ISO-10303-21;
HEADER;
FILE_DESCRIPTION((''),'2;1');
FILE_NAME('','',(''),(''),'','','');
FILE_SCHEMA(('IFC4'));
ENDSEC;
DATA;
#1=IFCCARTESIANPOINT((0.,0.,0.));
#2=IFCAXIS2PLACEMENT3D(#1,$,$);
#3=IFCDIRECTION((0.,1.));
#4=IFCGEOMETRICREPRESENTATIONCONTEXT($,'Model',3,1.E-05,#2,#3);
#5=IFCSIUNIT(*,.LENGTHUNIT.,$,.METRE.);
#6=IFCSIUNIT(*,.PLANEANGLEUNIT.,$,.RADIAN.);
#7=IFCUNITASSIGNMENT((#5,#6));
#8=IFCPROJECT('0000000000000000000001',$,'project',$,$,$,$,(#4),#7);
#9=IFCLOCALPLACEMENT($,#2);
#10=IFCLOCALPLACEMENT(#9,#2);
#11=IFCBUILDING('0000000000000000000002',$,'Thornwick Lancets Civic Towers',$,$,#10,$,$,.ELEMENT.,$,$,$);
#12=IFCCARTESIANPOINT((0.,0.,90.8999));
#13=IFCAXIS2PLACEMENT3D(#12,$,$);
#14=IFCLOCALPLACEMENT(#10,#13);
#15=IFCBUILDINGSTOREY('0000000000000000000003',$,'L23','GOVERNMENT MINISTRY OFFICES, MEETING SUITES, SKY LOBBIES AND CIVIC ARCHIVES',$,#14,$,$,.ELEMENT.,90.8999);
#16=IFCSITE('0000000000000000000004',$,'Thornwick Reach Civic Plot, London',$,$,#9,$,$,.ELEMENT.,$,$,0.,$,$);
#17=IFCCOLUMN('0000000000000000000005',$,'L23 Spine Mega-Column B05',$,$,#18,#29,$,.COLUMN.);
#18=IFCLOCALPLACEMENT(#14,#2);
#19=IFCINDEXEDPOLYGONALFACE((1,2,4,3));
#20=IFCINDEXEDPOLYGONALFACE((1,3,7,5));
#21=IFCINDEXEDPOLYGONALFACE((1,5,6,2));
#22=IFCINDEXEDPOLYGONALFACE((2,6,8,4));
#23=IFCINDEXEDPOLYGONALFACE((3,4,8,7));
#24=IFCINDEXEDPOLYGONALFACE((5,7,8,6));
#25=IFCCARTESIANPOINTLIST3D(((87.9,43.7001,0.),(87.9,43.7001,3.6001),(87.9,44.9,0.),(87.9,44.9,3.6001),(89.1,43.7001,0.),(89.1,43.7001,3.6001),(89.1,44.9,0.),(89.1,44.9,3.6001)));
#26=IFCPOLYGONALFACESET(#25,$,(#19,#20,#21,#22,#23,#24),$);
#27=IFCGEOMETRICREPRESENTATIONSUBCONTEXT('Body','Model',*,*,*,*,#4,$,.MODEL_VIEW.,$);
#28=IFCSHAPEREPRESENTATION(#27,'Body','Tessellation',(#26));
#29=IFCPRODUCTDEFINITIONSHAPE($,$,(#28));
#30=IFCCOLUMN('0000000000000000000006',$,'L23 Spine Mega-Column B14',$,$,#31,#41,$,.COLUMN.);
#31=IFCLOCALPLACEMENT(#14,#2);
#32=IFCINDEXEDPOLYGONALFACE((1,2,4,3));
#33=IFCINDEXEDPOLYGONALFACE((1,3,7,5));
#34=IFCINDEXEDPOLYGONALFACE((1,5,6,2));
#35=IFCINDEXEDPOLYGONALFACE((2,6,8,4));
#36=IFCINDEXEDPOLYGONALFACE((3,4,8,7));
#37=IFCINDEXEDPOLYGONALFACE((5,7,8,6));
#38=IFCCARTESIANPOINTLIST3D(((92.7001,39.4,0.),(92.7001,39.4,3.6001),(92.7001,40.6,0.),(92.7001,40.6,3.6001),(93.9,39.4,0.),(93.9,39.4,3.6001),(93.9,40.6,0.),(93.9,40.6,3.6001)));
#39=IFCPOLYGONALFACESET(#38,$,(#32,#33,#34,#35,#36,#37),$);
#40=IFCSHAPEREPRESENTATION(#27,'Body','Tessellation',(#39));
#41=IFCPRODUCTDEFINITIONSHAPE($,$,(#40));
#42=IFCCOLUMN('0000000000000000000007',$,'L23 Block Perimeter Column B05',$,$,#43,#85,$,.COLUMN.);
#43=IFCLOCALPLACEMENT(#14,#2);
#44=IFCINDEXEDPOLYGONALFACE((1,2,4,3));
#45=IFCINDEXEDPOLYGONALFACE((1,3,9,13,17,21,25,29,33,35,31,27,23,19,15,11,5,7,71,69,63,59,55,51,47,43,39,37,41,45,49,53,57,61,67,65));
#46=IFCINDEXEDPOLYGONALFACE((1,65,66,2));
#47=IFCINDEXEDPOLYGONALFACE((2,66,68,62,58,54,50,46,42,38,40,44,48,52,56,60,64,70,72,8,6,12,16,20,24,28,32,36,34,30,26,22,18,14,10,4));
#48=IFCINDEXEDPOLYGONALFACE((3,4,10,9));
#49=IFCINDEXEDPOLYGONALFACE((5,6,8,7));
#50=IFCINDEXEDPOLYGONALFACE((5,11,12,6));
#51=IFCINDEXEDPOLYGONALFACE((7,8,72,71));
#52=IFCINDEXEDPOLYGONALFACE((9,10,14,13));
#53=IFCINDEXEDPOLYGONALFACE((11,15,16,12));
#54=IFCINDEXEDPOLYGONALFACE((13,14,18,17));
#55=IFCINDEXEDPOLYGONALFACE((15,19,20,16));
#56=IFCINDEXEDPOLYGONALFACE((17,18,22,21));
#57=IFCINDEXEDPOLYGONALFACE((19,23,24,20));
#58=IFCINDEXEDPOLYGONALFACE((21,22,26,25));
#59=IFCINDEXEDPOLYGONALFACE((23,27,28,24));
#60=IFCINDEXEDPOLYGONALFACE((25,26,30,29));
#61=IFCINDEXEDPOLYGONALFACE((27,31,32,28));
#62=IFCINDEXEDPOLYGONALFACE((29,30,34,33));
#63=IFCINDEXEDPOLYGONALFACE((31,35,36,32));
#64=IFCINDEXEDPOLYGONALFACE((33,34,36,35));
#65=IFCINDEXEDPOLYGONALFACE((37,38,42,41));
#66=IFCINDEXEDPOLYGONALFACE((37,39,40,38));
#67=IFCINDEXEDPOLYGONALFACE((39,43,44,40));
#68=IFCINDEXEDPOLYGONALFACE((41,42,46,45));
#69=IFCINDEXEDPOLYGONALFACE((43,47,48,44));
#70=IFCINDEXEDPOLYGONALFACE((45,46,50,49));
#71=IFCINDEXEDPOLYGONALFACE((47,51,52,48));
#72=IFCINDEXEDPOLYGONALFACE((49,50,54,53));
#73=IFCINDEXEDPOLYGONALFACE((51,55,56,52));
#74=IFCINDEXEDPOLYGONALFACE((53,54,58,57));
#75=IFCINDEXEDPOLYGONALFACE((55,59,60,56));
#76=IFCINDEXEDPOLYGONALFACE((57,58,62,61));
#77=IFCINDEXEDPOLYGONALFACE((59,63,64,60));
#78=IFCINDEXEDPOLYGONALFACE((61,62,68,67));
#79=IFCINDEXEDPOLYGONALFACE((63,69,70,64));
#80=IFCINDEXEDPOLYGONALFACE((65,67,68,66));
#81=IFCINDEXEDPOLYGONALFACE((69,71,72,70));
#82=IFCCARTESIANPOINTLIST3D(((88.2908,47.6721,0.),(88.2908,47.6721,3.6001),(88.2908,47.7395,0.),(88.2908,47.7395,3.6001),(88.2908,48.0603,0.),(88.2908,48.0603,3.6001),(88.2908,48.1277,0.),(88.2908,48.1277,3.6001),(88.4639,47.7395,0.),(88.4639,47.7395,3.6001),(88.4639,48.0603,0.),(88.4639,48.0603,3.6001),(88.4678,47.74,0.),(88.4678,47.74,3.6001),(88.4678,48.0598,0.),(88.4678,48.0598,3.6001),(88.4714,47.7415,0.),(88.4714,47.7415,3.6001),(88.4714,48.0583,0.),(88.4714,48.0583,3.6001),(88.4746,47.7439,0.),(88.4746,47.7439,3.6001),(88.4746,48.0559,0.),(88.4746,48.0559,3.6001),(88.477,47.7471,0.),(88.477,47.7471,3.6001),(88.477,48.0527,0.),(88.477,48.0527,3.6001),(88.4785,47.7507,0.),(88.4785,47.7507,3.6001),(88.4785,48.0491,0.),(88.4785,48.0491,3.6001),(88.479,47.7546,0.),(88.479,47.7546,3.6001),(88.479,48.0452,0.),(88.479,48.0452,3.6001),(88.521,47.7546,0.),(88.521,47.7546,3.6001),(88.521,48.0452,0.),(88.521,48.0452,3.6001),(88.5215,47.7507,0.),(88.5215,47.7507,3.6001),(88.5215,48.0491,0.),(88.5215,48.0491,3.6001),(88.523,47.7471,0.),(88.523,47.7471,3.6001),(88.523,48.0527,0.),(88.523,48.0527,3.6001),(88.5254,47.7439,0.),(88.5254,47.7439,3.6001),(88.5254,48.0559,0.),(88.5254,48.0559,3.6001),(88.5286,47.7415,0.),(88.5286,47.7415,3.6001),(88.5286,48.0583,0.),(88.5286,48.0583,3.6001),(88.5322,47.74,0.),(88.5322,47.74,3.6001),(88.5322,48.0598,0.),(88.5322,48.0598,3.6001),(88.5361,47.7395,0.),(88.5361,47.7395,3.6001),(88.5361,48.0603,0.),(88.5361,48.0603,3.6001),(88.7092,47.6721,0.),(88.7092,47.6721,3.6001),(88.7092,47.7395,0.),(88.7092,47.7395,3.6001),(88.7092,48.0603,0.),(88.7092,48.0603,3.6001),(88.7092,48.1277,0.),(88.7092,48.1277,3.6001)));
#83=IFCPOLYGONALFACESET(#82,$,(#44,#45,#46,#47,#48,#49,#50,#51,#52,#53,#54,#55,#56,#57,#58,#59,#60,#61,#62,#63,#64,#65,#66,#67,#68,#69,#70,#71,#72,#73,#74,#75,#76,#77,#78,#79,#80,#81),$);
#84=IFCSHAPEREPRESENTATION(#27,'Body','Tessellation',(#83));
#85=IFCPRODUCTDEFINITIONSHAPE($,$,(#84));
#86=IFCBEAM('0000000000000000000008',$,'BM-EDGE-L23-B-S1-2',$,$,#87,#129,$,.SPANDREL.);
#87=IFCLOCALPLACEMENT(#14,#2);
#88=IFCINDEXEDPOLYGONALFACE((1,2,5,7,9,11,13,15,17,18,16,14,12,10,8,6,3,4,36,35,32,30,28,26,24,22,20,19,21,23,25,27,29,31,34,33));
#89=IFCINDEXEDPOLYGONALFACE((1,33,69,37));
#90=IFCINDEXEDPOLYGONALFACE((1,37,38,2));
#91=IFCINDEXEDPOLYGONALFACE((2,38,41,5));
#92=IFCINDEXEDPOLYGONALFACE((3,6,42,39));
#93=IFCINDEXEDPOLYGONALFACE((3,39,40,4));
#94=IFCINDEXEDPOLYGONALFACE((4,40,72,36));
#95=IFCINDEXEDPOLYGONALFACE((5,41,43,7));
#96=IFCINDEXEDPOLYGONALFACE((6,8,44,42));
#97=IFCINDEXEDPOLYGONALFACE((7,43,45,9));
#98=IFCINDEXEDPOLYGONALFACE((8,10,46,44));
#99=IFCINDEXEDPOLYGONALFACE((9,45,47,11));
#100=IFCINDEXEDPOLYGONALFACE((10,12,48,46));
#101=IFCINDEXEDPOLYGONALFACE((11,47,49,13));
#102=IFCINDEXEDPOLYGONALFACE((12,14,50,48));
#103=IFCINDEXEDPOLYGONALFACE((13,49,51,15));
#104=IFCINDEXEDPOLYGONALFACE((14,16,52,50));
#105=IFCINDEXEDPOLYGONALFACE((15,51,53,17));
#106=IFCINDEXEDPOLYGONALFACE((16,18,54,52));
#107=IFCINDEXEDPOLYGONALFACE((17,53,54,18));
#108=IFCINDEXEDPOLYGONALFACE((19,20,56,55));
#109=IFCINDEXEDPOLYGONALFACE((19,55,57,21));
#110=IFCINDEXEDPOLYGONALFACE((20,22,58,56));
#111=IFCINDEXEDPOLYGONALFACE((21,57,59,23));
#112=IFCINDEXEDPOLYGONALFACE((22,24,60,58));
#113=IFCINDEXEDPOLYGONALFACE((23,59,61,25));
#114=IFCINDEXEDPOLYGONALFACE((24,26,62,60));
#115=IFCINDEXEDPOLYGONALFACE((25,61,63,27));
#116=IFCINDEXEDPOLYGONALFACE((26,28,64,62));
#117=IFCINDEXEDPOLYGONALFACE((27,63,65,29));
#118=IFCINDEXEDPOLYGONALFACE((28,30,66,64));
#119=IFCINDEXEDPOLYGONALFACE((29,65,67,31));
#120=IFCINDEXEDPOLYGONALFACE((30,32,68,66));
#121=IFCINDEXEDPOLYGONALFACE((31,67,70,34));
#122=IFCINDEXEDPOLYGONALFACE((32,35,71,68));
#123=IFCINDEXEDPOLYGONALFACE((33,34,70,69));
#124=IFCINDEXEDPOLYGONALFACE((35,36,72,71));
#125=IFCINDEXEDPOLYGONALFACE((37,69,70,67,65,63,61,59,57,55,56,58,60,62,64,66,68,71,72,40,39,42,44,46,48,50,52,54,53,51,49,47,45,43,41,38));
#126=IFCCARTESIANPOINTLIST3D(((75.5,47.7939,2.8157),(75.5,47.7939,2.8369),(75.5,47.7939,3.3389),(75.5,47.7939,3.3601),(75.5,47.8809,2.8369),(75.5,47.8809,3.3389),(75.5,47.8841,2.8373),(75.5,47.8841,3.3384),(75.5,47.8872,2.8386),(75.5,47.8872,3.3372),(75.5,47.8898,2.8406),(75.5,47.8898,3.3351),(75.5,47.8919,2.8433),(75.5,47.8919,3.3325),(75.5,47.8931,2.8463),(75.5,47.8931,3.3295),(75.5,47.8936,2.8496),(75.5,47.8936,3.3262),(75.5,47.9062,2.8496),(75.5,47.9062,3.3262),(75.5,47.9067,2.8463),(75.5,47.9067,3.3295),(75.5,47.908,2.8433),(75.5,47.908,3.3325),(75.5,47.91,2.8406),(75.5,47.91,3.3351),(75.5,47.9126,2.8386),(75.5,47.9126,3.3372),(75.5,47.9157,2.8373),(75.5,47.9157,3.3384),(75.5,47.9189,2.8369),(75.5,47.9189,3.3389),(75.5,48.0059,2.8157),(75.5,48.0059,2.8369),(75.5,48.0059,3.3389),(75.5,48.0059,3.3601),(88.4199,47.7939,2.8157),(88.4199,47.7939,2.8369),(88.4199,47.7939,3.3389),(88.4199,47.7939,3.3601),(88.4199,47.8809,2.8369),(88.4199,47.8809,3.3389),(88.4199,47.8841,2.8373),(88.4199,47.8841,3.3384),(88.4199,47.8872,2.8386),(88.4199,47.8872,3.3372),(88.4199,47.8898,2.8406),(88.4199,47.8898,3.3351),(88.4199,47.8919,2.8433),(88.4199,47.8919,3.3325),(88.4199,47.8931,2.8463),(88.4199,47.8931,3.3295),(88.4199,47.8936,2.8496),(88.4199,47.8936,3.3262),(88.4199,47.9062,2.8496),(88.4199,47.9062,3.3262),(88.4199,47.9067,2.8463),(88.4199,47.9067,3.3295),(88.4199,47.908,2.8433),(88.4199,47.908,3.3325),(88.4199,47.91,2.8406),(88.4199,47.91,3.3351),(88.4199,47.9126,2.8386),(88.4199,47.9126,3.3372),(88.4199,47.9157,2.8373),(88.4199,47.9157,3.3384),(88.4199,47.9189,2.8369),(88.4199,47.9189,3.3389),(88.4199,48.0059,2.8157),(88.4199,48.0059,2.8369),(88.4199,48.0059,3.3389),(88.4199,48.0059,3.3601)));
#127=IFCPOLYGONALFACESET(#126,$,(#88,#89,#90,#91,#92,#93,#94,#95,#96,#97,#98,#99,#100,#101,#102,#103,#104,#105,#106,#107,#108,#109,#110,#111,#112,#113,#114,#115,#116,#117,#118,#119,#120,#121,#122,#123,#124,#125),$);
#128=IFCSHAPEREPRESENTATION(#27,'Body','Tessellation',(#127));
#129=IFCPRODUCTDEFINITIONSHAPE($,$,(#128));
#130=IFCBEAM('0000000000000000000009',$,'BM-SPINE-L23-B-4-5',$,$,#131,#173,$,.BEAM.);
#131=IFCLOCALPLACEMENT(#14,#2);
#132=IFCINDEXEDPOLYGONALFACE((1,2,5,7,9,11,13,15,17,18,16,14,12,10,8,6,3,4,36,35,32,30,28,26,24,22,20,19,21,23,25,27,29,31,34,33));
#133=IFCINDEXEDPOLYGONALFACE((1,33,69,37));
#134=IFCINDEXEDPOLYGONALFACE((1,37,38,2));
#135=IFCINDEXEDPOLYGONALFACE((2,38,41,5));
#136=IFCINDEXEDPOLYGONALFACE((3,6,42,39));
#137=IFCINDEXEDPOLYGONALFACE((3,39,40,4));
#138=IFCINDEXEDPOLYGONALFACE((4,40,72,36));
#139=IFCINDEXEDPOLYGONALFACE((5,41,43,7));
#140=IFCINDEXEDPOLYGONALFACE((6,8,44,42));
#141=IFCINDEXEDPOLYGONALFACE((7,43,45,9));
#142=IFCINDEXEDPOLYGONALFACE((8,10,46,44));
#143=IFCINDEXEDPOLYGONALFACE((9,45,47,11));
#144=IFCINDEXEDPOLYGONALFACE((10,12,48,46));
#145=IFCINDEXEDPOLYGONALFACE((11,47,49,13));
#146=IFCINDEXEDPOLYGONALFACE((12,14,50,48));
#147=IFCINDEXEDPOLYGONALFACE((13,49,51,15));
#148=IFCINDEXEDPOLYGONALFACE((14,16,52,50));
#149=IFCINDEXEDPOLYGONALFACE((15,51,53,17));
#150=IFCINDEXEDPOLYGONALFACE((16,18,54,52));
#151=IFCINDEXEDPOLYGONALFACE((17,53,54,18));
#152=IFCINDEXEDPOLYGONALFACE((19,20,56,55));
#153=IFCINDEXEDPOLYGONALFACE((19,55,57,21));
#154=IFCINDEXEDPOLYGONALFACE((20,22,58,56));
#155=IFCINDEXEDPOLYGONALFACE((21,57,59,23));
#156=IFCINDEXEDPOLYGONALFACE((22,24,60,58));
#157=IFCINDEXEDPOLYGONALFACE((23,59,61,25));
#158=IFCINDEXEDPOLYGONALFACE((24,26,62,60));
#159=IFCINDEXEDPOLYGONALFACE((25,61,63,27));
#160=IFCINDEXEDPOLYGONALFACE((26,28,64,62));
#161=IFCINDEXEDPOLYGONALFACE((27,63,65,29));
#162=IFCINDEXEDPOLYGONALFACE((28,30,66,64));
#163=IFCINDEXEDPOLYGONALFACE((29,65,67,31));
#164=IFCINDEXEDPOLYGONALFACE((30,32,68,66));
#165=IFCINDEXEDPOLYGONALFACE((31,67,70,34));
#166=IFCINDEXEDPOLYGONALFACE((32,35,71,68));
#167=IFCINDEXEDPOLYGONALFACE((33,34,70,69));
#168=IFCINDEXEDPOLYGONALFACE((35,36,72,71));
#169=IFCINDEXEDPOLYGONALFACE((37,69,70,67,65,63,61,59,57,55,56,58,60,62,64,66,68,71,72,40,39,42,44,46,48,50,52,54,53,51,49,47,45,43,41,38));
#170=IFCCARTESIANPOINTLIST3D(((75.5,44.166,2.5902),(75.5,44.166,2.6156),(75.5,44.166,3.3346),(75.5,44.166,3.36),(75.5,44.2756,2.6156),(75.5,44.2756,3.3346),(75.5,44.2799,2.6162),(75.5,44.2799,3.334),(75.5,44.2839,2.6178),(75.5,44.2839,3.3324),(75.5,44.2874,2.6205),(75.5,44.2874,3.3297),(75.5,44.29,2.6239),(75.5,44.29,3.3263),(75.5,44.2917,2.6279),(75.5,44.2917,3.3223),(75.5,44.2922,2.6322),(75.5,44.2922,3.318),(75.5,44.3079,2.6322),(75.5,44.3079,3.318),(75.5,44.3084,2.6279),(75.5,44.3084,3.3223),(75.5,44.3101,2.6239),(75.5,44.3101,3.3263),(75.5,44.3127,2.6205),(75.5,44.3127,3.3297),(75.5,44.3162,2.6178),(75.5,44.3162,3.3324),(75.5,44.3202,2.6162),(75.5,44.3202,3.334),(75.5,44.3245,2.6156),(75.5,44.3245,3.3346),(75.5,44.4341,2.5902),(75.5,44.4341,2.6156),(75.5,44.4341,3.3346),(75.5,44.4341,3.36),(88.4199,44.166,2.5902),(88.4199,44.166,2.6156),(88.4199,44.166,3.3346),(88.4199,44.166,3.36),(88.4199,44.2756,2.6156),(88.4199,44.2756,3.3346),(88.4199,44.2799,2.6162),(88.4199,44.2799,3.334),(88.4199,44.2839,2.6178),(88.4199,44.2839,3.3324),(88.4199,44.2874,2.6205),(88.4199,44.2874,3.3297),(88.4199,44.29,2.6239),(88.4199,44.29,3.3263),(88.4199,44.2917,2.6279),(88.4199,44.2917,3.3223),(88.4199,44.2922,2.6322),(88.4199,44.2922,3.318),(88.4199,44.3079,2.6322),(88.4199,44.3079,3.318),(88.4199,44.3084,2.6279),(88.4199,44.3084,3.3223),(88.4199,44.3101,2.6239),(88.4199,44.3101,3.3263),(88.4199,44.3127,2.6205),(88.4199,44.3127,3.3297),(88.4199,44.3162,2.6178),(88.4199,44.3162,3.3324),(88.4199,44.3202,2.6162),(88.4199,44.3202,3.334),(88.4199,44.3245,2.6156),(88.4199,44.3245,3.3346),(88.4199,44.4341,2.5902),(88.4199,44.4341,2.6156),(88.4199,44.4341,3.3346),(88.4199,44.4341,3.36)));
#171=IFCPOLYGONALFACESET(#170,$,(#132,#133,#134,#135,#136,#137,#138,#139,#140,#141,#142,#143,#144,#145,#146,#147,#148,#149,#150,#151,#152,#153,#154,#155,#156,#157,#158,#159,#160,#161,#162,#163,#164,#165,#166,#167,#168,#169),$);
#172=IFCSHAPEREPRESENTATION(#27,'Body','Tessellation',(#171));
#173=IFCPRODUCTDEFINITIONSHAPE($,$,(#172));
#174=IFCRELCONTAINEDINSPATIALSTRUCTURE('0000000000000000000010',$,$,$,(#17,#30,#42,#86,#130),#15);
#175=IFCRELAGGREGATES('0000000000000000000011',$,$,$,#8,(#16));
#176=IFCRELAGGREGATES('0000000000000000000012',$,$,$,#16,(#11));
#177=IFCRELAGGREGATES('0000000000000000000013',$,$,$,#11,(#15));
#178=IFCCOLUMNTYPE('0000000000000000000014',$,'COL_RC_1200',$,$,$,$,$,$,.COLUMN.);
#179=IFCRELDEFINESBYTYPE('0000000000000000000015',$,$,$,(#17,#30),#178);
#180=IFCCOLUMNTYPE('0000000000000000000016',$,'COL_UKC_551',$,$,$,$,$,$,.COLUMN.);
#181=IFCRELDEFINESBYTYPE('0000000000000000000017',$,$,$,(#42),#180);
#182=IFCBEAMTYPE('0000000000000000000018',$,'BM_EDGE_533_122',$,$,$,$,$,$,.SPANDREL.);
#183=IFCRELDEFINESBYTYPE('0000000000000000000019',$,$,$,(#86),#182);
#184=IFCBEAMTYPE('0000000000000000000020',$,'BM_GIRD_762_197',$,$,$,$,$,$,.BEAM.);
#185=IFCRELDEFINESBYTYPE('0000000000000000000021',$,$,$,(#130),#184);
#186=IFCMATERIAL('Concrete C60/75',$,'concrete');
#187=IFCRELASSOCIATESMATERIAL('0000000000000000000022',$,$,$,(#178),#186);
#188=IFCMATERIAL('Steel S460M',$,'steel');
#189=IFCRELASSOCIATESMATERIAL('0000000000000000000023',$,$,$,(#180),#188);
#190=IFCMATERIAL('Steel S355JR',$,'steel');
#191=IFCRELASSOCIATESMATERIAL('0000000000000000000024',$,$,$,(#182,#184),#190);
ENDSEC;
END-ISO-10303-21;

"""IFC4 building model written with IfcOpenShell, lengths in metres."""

from ifc_helpers import new_model, si_unit, direction, frame, origin, origin_2d, place, context, subcontext, project, spatial, rectangle, i_section, extrude, material, material_profile, profile_set, type_object, element, save


model = new_model("IFC4")

# Units and contexts
model_context = context("Model", 3, precision=1e-05, world=origin(), true_north=direction((0.0, 1.0)))
body_context = subcontext(model_context, "Body", "Model", "MODEL_VIEW")
ifc_project = project(units=[si_unit("LENGTHUNIT", "METRE"), si_unit("PLANEANGLEUNIT", "RADIAN")], contexts=[model_context])

# Site, building, storey
site_placement = place(None, origin())
site = spatial("IfcSite", under=ifc_project, at=site_placement, Name="Thornwick Reach Civic Plot, London", CompositionType="ELEMENT", RefElevation=0.0)
building_placement = place(site_placement, origin())
building = spatial("IfcBuilding", under=site, at=building_placement, Name="Thornwick Lancets Civic Towers", CompositionType="ELEMENT")
storey_placement = place(building_placement, frame((0.0, 0.0, 90.8999)))
storey = spatial("IfcBuildingStorey", under=building, at=storey_placement, Name="L23", Description="GOVERNMENT MINISTRY OFFICES, MEETING SUITES, SKY LOBBIES AND CIVIC ARCHIVES", CompositionType="ELEMENT", Elevation=90.8999)

# Columns
ifc_material_1 = material(Name="Concrete C60/75", Category="concrete")
ifc_material_profile_1 = material_profile(ifc_material_1, rectangle(XDim=1.2, YDim=1.2, at=origin_2d()), Name="RC 1200x1200")
ifc_profile_set_1 = profile_set([ifc_material_profile_1], Name="Concrete C60/75")
column_type_1 = type_object("IfcColumnType", Name="COL_RC_1200", PredefinedType="COLUMN", material=ifc_profile_set_1)
for number, where, z_axis, x_axis, name in (
    (1, (88.5, 44.3, 0.0), (0.0, 0.0, 1.0), (1.0, 0.0, 0.0), "L23 Spine Mega-Column B05"),
    (2, (93.3, 40.0, 0.0), (0.0, 0.0, 1.0), (1.0, 0.0, 0.0), "L23 Spine Mega-Column B14"),
):
    element("IfcColumn", number, at=place(storey_placement, frame(where, z_axis=z_axis, x_axis=x_axis)), inside=storey, type_object=column_type_1, Name=name, PredefinedType="COLUMN", context=body_context, shape_type="SweptSolid", body=[
        extrude(rectangle(XDim=1.2, YDim=1.2, at=origin_2d()), origin(), (0.0, 0.0, 1.0), 3.6001),
    ])
ifc_material_2 = material(Name="Steel S460M", Category="steel")
ifc_material_profile_2 = material_profile(ifc_material_2, i_section(OverallWidth=0.4185, OverallDepth=0.4556, WebThickness=0.042, FlangeThickness=0.0674, FilletRadius=0.0151, at=origin_2d()), Name="UKC 356x406x551")
ifc_profile_set_2 = profile_set([ifc_material_profile_2], Name="Steel S460M")
column_type_2 = type_object("IfcColumnType", Name="COL_UKC_551", PredefinedType="COLUMN", material=ifc_profile_set_2)
column_placement = place(storey_placement, frame((88.5, 47.8999, 0.0), z_axis=(0.0, 0.0, 1.0), x_axis=(1.0, 0.0, 0.0)))
element("IfcColumn", 3, at=column_placement, inside=storey, type_object=column_type_2, Name="L23 Block Perimeter Column B05", PredefinedType="COLUMN", context=body_context, shape_type="SweptSolid", body=[
    extrude(i_section(OverallWidth=0.4185, OverallDepth=0.4556, WebThickness=0.042, FlangeThickness=0.0674, FilletRadius=0.0151, at=origin_2d()), origin(), (0.0, 0.0, 1.0), 3.6001),
])

# Beams
ifc_material_3 = material(Name="Steel S355JR", Category="steel")
ifc_material_profile_3 = material_profile(ifc_material_3, i_section(OverallWidth=0.2119, OverallDepth=0.5444, WebThickness=0.0127, FlangeThickness=0.0212, FilletRadius=0.0127, at=origin_2d()), Name="UKB 533x210x122")
ifc_profile_set_3 = profile_set([ifc_material_profile_3], Name="Steel S355JR")
beam_type_1 = type_object("IfcBeamType", Name="BM_EDGE_533_122", PredefinedType="SPANDREL", material=ifc_profile_set_3)
beam_1_placement = place(storey_placement, frame((88.4199, 47.8999, 3.0879), z_axis=(-1.0, 0.0, 0.0), x_axis=(0.0, -1.0, 0.0)))
element("IfcBeam", 4, at=beam_1_placement, inside=storey, type_object=beam_type_1, Name="BM-EDGE-L23-B-S1-2", PredefinedType="SPANDREL", context=body_context, shape_type="SweptSolid", body=[
    extrude(i_section(OverallWidth=0.2119, OverallDepth=0.5444, WebThickness=0.0127, FlangeThickness=0.0212, FilletRadius=0.0127, at=origin_2d()), origin(), (0.0, 0.0, 1.0), 12.9199),
])
ifc_material_profile_4 = material_profile(ifc_material_3, i_section(OverallWidth=0.2681, OverallDepth=0.7698, WebThickness=0.0156, FlangeThickness=0.0254, FilletRadius=0.0166, at=origin_2d()), Name="UKB 762x267x197")
ifc_profile_set_4 = profile_set([ifc_material_profile_4], Name="Steel S355JR")
beam_type_2 = type_object("IfcBeamType", Name="BM_GIRD_762_197", PredefinedType="BEAM", material=ifc_profile_set_4)
beam_2_placement = place(storey_placement, frame((88.4199, 44.3, 2.9751), z_axis=(-1.0, 0.0, 0.0), x_axis=(0.0, -1.0, 0.0)))
element("IfcBeam", 5, at=beam_2_placement, inside=storey, type_object=beam_type_2, Name="BM-SPINE-L23-B-4-5", PredefinedType="BEAM", context=body_context, shape_type="SweptSolid", body=[
    extrude(i_section(OverallWidth=0.2681, OverallDepth=0.7698, WebThickness=0.0156, FlangeThickness=0.0254, FilletRadius=0.0166, at=origin_2d()), origin(), (0.0, 0.0, 1.0), 12.9199),
])

save(model, "model.ifc")
